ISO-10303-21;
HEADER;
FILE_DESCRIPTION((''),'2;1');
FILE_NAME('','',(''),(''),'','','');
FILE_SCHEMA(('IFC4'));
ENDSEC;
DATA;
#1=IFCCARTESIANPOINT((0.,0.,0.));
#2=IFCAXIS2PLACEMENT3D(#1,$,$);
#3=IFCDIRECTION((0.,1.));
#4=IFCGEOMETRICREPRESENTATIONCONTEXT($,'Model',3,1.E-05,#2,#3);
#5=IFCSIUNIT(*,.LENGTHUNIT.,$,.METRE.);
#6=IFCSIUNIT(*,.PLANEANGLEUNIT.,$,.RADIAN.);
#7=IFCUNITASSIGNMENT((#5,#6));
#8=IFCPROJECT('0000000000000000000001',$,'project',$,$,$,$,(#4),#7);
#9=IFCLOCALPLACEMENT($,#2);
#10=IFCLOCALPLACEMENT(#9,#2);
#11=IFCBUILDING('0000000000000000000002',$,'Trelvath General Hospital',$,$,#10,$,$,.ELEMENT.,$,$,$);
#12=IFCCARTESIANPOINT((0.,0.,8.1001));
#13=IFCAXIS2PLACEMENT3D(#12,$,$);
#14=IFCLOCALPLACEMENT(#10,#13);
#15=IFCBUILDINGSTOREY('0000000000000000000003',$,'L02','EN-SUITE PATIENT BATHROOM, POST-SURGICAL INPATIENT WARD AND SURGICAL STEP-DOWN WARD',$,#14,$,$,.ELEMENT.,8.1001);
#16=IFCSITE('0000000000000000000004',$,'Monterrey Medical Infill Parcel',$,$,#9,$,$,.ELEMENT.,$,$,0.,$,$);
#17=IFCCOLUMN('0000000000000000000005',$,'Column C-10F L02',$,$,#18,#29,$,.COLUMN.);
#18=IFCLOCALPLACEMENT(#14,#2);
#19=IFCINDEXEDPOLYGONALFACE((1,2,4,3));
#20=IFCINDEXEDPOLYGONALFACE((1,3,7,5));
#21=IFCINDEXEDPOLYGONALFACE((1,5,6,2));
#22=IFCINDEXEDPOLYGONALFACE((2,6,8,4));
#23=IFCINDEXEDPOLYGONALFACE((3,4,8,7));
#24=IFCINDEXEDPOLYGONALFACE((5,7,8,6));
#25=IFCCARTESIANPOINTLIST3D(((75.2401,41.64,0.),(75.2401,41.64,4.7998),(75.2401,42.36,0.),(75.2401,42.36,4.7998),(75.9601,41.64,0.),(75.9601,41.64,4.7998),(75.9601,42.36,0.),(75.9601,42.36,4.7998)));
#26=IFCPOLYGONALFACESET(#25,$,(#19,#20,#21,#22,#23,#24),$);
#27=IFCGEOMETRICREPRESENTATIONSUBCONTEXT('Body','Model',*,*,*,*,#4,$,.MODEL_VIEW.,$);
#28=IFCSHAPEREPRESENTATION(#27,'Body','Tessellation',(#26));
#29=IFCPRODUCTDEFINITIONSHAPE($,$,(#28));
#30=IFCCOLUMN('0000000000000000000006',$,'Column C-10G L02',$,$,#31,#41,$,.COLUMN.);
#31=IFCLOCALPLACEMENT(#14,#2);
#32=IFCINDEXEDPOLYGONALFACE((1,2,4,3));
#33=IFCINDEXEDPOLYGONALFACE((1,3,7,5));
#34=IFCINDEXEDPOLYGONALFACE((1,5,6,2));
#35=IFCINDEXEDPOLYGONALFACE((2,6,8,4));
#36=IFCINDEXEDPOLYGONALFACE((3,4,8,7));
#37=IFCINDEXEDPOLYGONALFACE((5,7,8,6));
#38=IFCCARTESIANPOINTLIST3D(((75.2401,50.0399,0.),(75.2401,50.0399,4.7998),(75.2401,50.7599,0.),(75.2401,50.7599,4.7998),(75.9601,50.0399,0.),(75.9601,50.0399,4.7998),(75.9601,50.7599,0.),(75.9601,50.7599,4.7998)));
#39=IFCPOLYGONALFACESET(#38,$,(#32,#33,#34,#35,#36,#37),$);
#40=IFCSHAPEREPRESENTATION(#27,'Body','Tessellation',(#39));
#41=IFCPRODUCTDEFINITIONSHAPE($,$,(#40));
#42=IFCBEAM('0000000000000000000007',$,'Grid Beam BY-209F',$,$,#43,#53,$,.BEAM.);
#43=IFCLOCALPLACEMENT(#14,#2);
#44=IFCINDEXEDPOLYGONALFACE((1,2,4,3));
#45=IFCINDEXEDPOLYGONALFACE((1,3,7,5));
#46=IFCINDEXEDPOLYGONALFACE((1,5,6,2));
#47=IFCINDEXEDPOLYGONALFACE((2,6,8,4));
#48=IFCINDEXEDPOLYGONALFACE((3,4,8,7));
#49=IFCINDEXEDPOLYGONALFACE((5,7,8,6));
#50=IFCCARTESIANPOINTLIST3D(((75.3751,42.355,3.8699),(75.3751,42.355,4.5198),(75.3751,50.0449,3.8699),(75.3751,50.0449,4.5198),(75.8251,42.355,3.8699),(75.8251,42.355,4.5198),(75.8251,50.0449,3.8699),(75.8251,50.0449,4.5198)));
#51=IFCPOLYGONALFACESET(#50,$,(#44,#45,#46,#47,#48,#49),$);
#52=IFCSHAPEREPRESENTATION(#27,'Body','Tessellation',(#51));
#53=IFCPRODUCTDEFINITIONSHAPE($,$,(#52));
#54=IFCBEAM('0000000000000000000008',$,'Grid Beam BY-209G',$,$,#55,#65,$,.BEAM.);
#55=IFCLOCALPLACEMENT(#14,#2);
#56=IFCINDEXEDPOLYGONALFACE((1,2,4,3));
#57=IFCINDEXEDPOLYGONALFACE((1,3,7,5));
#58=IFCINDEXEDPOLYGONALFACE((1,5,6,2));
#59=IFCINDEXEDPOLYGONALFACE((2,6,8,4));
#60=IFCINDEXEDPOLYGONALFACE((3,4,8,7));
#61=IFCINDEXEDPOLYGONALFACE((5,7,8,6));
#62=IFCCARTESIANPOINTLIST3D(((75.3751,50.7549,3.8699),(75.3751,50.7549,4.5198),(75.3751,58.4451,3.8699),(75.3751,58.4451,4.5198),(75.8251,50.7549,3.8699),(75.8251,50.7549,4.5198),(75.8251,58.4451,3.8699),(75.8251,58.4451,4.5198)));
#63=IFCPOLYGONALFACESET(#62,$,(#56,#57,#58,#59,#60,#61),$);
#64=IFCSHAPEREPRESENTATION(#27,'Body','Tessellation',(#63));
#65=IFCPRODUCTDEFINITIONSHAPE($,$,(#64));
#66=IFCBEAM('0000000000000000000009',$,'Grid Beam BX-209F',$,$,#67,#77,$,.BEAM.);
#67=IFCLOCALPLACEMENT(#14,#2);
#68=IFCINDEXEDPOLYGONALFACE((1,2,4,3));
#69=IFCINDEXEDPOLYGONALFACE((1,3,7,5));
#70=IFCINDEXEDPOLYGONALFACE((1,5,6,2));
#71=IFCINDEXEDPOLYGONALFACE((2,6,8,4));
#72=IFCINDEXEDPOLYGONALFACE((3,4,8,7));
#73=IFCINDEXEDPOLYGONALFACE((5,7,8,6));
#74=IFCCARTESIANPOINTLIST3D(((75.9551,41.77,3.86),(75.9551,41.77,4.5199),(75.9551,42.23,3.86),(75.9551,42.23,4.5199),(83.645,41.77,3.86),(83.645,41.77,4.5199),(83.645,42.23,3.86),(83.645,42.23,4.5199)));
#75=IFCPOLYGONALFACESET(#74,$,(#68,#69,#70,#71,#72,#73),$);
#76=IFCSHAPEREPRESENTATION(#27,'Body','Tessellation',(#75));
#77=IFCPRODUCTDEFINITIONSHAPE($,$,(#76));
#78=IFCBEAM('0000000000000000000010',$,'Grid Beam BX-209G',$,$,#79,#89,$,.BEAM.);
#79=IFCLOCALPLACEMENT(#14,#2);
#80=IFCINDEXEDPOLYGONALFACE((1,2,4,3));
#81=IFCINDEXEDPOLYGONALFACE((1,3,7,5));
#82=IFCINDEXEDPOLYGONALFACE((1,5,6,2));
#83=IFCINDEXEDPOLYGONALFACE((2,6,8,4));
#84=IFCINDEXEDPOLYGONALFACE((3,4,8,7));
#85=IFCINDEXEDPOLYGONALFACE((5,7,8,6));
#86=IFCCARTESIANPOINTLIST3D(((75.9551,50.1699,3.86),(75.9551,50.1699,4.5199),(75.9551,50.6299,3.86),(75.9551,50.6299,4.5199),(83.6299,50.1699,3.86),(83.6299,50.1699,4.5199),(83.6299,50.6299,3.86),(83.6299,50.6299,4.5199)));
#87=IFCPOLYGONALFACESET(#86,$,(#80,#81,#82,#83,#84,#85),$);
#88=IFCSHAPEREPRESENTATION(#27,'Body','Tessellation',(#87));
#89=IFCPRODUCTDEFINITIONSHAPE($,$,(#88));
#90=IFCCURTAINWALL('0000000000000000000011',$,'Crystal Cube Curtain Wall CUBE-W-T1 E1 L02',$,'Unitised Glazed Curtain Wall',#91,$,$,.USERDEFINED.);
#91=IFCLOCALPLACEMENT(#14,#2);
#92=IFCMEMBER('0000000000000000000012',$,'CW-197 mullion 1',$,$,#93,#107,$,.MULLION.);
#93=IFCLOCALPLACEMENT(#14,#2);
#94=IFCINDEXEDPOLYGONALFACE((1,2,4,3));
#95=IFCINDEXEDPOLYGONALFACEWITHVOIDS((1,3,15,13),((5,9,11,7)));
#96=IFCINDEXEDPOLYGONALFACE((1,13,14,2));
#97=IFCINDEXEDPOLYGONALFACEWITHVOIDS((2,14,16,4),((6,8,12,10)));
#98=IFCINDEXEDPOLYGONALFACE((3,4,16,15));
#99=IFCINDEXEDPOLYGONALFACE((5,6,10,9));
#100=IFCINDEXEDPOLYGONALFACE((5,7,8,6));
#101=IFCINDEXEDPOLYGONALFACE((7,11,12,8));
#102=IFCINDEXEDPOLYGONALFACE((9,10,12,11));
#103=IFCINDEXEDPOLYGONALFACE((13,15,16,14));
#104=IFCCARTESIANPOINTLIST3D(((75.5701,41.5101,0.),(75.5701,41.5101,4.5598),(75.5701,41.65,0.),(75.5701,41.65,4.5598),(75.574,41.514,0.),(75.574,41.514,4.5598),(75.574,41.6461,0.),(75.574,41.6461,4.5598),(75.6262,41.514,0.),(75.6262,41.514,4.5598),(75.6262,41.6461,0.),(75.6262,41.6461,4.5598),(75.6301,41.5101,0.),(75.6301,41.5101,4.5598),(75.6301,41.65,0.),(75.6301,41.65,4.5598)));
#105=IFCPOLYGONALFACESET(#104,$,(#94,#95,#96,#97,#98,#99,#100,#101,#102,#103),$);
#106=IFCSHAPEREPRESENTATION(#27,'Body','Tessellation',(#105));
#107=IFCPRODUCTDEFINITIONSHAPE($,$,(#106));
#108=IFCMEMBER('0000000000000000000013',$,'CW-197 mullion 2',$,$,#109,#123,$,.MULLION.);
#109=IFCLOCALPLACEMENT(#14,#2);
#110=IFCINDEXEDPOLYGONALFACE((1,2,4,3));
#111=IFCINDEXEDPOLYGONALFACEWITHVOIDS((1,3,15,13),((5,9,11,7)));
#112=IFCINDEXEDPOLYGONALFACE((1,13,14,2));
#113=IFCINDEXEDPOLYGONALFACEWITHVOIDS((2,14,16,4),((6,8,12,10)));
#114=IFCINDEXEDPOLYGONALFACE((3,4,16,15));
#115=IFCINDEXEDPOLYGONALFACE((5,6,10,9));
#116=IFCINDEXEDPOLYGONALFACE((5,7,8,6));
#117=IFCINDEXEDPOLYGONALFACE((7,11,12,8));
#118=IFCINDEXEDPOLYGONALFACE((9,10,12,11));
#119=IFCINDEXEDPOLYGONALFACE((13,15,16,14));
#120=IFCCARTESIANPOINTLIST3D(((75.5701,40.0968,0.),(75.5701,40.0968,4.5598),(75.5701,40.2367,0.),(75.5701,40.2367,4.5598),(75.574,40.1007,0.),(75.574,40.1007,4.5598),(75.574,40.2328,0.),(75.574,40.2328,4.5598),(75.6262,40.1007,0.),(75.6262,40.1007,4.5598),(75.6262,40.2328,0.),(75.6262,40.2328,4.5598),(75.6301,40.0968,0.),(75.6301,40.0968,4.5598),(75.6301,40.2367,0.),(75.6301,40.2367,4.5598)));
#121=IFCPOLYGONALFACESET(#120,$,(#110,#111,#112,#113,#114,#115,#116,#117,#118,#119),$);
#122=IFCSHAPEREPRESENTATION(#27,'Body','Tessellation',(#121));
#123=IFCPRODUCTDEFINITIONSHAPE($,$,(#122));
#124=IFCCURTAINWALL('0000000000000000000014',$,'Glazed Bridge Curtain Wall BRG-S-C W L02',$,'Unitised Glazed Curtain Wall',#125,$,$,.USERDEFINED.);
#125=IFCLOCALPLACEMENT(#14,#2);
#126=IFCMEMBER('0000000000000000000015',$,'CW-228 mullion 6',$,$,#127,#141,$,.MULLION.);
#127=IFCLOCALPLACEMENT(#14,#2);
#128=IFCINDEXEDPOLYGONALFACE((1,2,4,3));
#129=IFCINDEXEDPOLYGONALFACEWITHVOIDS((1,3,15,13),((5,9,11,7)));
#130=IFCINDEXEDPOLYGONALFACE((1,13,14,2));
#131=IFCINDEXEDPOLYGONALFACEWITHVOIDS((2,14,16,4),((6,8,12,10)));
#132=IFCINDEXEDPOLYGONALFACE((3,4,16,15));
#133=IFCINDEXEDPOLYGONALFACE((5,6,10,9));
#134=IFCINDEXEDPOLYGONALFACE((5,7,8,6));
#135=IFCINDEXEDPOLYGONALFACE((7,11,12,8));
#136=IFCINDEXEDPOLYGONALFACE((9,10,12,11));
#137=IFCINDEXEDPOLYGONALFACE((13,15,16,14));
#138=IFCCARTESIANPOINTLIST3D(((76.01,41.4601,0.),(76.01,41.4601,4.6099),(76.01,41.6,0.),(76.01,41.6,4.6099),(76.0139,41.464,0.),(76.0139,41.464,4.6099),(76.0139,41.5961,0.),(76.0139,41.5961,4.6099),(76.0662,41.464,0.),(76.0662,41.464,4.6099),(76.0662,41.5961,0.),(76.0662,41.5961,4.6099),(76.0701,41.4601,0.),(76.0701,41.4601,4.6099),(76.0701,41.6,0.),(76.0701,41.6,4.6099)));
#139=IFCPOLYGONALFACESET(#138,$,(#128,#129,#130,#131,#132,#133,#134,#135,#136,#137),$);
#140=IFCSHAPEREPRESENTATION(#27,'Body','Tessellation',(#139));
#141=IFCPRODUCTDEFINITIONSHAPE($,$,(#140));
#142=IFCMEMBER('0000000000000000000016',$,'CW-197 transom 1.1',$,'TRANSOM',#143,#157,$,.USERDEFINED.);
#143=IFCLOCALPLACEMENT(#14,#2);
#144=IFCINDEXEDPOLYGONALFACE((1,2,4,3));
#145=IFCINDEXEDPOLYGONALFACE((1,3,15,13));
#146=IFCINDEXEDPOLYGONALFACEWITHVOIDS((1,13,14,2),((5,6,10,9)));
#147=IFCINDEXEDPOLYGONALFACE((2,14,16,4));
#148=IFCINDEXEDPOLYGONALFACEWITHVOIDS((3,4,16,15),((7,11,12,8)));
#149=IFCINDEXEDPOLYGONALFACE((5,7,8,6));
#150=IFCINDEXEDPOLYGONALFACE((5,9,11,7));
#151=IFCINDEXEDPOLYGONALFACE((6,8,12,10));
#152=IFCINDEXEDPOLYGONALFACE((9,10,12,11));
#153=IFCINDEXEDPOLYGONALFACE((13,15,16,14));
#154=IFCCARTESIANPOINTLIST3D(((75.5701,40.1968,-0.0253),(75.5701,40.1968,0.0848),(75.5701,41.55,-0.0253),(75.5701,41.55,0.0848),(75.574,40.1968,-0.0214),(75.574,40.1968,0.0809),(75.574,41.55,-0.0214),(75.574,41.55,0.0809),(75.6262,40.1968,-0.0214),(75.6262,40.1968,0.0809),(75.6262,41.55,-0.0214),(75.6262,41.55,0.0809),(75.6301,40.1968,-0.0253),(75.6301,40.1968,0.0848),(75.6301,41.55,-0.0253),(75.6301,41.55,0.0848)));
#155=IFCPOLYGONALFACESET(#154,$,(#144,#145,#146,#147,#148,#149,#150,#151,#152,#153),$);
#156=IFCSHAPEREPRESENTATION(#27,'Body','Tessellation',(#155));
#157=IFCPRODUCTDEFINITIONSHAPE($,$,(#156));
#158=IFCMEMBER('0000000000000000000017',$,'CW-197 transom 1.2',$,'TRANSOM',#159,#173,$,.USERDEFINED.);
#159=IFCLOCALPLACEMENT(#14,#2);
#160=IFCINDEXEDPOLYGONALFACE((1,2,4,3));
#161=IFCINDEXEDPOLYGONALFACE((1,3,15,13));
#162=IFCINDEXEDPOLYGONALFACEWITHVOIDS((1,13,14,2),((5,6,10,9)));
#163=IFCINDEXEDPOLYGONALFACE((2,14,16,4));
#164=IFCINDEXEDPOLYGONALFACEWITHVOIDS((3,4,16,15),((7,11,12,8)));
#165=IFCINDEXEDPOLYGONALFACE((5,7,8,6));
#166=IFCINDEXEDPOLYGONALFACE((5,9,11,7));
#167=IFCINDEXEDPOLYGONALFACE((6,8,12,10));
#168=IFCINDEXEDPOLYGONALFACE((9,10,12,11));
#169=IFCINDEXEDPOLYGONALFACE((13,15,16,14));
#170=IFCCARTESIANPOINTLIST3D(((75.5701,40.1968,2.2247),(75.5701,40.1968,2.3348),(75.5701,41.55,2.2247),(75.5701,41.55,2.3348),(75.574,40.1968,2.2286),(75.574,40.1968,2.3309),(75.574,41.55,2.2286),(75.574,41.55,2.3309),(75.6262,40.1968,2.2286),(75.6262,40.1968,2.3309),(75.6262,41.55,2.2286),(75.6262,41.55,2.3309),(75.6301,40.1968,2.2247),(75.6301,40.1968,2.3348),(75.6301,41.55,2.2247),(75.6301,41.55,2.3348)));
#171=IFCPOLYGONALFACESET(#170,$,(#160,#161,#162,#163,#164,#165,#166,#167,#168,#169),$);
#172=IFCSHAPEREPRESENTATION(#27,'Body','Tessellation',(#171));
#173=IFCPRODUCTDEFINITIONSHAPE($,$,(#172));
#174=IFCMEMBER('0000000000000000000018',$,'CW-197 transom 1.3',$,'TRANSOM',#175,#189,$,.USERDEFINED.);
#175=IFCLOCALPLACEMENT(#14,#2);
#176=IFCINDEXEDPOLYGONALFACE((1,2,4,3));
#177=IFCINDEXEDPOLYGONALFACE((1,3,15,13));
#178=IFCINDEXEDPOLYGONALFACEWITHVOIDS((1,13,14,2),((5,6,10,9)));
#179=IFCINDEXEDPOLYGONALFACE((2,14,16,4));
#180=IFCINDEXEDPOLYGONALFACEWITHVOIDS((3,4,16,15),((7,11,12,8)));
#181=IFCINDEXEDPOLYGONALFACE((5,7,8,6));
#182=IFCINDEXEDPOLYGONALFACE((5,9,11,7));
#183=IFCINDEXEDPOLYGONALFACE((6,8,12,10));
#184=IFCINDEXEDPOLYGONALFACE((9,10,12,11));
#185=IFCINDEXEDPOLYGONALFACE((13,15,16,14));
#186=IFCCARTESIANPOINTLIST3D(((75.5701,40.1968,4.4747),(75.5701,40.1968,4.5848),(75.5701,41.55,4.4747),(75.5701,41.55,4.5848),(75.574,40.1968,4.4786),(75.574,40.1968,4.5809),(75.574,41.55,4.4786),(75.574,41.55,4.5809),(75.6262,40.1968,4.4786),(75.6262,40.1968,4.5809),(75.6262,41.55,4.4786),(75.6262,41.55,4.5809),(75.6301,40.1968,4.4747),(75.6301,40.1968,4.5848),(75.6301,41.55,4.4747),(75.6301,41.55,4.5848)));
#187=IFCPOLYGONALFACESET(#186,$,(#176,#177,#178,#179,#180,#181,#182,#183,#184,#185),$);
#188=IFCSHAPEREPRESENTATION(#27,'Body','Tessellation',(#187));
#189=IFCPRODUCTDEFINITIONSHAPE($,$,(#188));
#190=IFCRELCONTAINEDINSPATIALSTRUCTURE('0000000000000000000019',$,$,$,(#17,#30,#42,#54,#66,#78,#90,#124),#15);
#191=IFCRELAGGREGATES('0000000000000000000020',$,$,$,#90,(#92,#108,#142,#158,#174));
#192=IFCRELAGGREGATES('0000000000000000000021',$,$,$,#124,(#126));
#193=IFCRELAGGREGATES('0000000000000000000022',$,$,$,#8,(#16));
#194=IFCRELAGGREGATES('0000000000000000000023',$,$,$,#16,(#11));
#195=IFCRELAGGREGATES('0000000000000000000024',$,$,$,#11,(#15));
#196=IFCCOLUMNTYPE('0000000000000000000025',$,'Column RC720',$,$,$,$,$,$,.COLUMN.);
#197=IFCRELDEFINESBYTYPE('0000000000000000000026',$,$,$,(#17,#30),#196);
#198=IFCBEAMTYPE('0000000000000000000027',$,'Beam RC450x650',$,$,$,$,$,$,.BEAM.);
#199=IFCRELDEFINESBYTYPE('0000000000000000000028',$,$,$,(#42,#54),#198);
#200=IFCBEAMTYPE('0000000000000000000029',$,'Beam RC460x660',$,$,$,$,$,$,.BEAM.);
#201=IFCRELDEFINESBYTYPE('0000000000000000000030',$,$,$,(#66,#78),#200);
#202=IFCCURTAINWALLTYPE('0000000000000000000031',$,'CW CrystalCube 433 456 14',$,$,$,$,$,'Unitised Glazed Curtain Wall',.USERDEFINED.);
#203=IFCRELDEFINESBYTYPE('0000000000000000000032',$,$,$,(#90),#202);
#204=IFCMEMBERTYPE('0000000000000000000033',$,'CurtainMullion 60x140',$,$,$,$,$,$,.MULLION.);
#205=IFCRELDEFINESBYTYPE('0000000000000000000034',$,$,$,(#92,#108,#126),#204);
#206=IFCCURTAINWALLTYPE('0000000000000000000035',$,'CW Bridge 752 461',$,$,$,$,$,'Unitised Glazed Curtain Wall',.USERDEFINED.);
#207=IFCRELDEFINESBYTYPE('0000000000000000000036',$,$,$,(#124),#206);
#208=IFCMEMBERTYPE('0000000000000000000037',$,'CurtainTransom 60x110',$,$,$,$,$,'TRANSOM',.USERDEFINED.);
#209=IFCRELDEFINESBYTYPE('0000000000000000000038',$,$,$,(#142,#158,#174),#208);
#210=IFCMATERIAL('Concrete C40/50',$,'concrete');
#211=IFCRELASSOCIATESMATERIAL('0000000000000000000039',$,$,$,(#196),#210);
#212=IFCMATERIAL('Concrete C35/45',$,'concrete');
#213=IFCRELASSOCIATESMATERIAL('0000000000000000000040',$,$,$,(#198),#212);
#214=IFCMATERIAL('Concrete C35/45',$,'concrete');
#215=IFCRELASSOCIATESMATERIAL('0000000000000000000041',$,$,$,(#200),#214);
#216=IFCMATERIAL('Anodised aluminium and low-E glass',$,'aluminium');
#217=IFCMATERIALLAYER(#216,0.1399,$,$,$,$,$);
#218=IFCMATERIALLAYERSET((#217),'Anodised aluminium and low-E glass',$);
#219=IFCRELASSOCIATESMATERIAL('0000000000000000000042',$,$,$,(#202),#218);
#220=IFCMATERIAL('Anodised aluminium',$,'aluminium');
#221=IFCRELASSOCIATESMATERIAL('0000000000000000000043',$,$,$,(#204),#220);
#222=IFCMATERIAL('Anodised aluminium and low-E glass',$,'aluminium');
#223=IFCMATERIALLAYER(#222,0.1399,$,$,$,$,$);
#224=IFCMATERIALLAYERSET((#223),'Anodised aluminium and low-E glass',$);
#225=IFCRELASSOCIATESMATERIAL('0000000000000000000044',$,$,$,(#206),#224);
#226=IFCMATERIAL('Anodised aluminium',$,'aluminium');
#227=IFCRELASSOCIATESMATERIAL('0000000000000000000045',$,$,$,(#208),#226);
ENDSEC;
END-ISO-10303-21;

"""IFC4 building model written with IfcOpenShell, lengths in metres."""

from ifc_helpers import new_model, si_unit, direction, frame, origin, origin_2d, place, context, subcontext, project, spatial, rectangle, hollow_rectangle, extrude, material, layer, layer_set, material_profile, profile_set, type_object, element, aggregate, save


model = new_model("IFC4")

# Units and contexts
model_context = context("Model", 3, precision=1e-05, world=origin(), true_north=direction((0.0, 1.0)))
body_context = subcontext(model_context, "Body", "Model", "MODEL_VIEW")
ifc_project = project(units=[si_unit("LENGTHUNIT", "METRE"), si_unit("PLANEANGLEUNIT", "RADIAN")], contexts=[model_context])

# Site, building, storey
site_placement = place(None, origin())
site = spatial("IfcSite", under=ifc_project, at=site_placement, Name="Monterrey Medical Infill Parcel", CompositionType="ELEMENT", RefElevation=0.0)
building_placement = place(site_placement, origin())
building = spatial("IfcBuilding", under=site, at=building_placement, Name="Trelvath General Hospital", CompositionType="ELEMENT")
storey_placement = place(building_placement, frame((0.0, 0.0, 8.1001)))
storey = spatial("IfcBuildingStorey", under=building, at=storey_placement, Name="L02", Description="EN-SUITE PATIENT BATHROOM, POST-SURGICAL INPATIENT WARD AND SURGICAL STEP-DOWN WARD", CompositionType="ELEMENT", Elevation=8.1001)

# Columns
ifc_material_1 = material(Name="Concrete C40/50", Category="concrete")
ifc_material_profile_1 = material_profile(ifc_material_1, rectangle(XDim=0.72, YDim=0.72, at=origin_2d()), Name="RC720x720")
ifc_profile_set_1 = profile_set([ifc_material_profile_1], Name="Concrete C40/50")
column_type = type_object("IfcColumnType", Name="Column RC720", PredefinedType="COLUMN", material=ifc_profile_set_1)
for number, where, z_axis, x_axis, name in (
    (1, (75.6001, 42.0, 0.0), (0.0, 0.0, 1.0), (1.0, 0.0, 0.0), "Column C-10F L02"),
    (2, (75.6001, 50.3999, 0.0), (0.0, 0.0, 1.0), (1.0, 0.0, 0.0), "Column C-10G L02"),
):
    element("IfcColumn", number, at=place(storey_placement, frame(where, z_axis=z_axis, x_axis=x_axis)), inside=storey, type_object=column_type, Name=name, PredefinedType="COLUMN", context=body_context, shape_type="SweptSolid", body=[
        extrude(rectangle(XDim=0.72, YDim=0.72, at=origin_2d()), origin(), (0.0, 0.0, 1.0), 4.7998),
    ])

# Beams
ifc_material_2 = material(Name="Concrete C35/45", Category="concrete")
ifc_material_profile_2 = material_profile(ifc_material_2, rectangle(XDim=0.45, YDim=0.6499, at=origin_2d()), Name="RCB450x650")
ifc_profile_set_2 = profile_set([ifc_material_profile_2], Name="Concrete C35/45")
beam_type_1 = type_object("IfcBeamType", Name="Beam RC450x650", PredefinedType="BEAM", material=ifc_profile_set_2)
beam_1_placement = place(storey_placement, frame((75.6001, 42.355, 4.1948), z_axis=(0.0, 1.0, 0.0), x_axis=(-1.0, 0.0, 0.0)))
element("IfcBeam", 3, at=beam_1_placement, inside=storey, type_object=beam_type_1, Name="Grid Beam BY-209F", PredefinedType="BEAM", context=body_context, shape_type="SweptSolid", body=[
    extrude(rectangle(XDim=0.45, YDim=0.6499, at=origin_2d()), origin(), (0.0, 0.0, 1.0), 7.6899),
])
beam_2_placement = place(storey_placement, frame((75.6001, 50.7549, 4.1948), z_axis=(0.0, 1.0, 0.0), x_axis=(-1.0, 0.0, 0.0)))
element("IfcBeam", 4, at=beam_2_placement, inside=storey, type_object=beam_type_1, Name="Grid Beam BY-209G", PredefinedType="BEAM", context=body_context, shape_type="SweptSolid", body=[
    extrude(rectangle(XDim=0.45, YDim=0.6499, at=origin_2d()), origin(), (0.0, 0.0, 1.0), 7.6902),
])
ifc_material_3 = material(Name="Concrete C35/45", Category="concrete")
ifc_material_profile_3 = material_profile(ifc_material_3, rectangle(XDim=0.46, YDim=0.6599, at=origin_2d()), Name="RCB460x660")
ifc_profile_set_3 = profile_set([ifc_material_profile_3], Name="Concrete C35/45")
beam_type_2 = type_object("IfcBeamType", Name="Beam RC460x660", PredefinedType="BEAM", material=ifc_profile_set_3)
beam_3_placement = place(storey_placement, frame((75.9551, 42.0, 4.1899), z_axis=(1.0, 0.0, 0.0), x_axis=(0.0, 1.0, 0.0)))
element("IfcBeam", 5, at=beam_3_placement, inside=storey, type_object=beam_type_2, Name="Grid Beam BX-209F", PredefinedType="BEAM", context=body_context, shape_type="SweptSolid", body=[
    extrude(rectangle(XDim=0.46, YDim=0.6599, at=origin_2d()), origin(), (0.0, 0.0, 1.0), 7.6899),
])
beam_4_placement = place(storey_placement, frame((75.9551, 50.3999, 4.1899), z_axis=(1.0, 0.0, 0.0), x_axis=(0.0, 1.0, 0.0)))
element("IfcBeam", 6, at=beam_4_placement, inside=storey, type_object=beam_type_2, Name="Grid Beam BX-209G", PredefinedType="BEAM", context=body_context, shape_type="SweptSolid", body=[
    extrude(rectangle(XDim=0.46, YDim=0.6599, at=origin_2d()), origin(), (0.0, 0.0, 1.0), 7.6748),
])

# Curtain wall, members
ifc_material_4 = material(Name="Anodised aluminium and low-E glass", Category="aluminium")
ifc_layer_1 = layer(ifc_material_4, 0.1399)
ifc_layer_set_1 = layer_set([ifc_layer_1], Name="Anodised aluminium and low-E glass")
curtain_wall_type_1 = type_object("IfcCurtainWallType", Name="CW CrystalCube 433 456 14", ElementType="Unitised Glazed Curtain Wall", PredefinedType="USERDEFINED", material=ifc_layer_set_1)
curtain_wall_1_placement = place(storey_placement, origin())
curtain_wall_1 = element("IfcCurtainWall", 7, at=curtain_wall_1_placement, inside=storey, type_object=curtain_wall_type_1, Name="Crystal Cube Curtain Wall CUBE-W-T1 E1 L02", ObjectType="Unitised Glazed Curtain Wall", PredefinedType="USERDEFINED")
ifc_material_5 = material(Name="Anodised aluminium", Category="aluminium")
ifc_material_profile_4 = material_profile(ifc_material_5, hollow_rectangle(XDim=0.0601, YDim=0.1399, WallThickness=0.0039, at=origin_2d()), Name="RHS60x140x4")
ifc_profile_set_4 = profile_set([ifc_material_profile_4], Name="Anodised aluminium")
member_type_1 = type_object("IfcMemberType", Name="CurtainMullion 60x140", PredefinedType="MULLION", material=ifc_profile_set_4)
member_1_placement = place(storey_placement, frame((75.6001, 41.5801, 0.0), z_axis=(0.0, 0.0, 1.0), x_axis=(1.0, 0.0, 0.0)))
member_1 = element("IfcMember", 8, at=member_1_placement, type_object=member_type_1, Name="CW-197 mullion 1", PredefinedType="MULLION", context=body_context, shape_type="SweptSolid", body=[
    extrude(hollow_rectangle(XDim=0.0601, YDim=0.1399, WallThickness=0.0039, at=origin_2d()), origin(), (0.0, 0.0, 1.0), 4.5598),
])
member_2_placement = place(storey_placement, frame((75.6001, 40.1667, 0.0), z_axis=(0.0, 0.0, 1.0), x_axis=(1.0, 0.0, 0.0)))
member_2 = element("IfcMember", 9, at=member_2_placement, type_object=member_type_1, Name="CW-197 mullion 2", PredefinedType="MULLION", context=body_context, shape_type="SweptSolid", body=[
    extrude(hollow_rectangle(XDim=0.0601, YDim=0.1399, WallThickness=0.0039, at=origin_2d()), origin(), (0.0, 0.0, 1.0), 4.5598),
])

# Curtain wall, member
ifc_material_6 = material(Name="Anodised aluminium and low-E glass", Category="aluminium")
ifc_layer_2 = layer(ifc_material_6, 0.1399)
ifc_layer_set_2 = layer_set([ifc_layer_2], Name="Anodised aluminium and low-E glass")
curtain_wall_type_2 = type_object("IfcCurtainWallType", Name="CW Bridge 752 461", ElementType="Unitised Glazed Curtain Wall", PredefinedType="USERDEFINED", material=ifc_layer_set_2)
curtain_wall_2_placement = place(storey_placement, origin())
curtain_wall_2 = element("IfcCurtainWall", 10, at=curtain_wall_2_placement, inside=storey, type_object=curtain_wall_type_2, Name="Glazed Bridge Curtain Wall BRG-S-C W L02", ObjectType="Unitised Glazed Curtain Wall", PredefinedType="USERDEFINED")
member_3_placement = place(storey_placement, frame((76.04, 41.53, 0.0), z_axis=(0.0, 0.0, 1.0), x_axis=(-1.0, 0.0, 0.0)))
member_3 = element("IfcMember", 11, at=member_3_placement, type_object=member_type_1, Name="CW-228 mullion 6", PredefinedType="MULLION", context=body_context, shape_type="SweptSolid", body=[
    extrude(hollow_rectangle(XDim=0.0601, YDim=0.1399, WallThickness=0.0039, at=origin_2d()), origin(), (0.0, 0.0, 1.0), 4.6099),
])

# Members
ifc_material_7 = material(Name="Anodised aluminium", Category="aluminium")
ifc_material_profile_5 = material_profile(ifc_material_7, hollow_rectangle(XDim=0.0601, YDim=0.1101, WallThickness=0.0039, at=origin_2d()), Name="RHS60x110x4")
ifc_profile_set_5 = profile_set([ifc_material_profile_5], Name="Anodised aluminium")
member_type_2 = type_object("IfcMemberType", Name="CurtainTransom 60x110", ElementType="TRANSOM", PredefinedType="USERDEFINED", material=ifc_profile_set_5)
member_4_placement = place(storey_placement, frame((75.6001, 41.55, 0.0298), z_axis=(0.0, -1.0, 0.0), x_axis=(1.0, 0.0, 0.0)))
member_4 = element("IfcMember", 12, at=member_4_placement, type_object=member_type_2, Name="CW-197 transom 1.1", ObjectType="TRANSOM", PredefinedType="USERDEFINED", context=body_context, shape_type="SweptSolid", body=[
    extrude(hollow_rectangle(XDim=0.0601, YDim=0.1101, WallThickness=0.0039, at=origin_2d()), origin(), (0.0, 0.0, 1.0), 1.3533),
])
member_5_placement = place(storey_placement, frame((75.6001, 41.55, 2.2798), z_axis=(0.0, -1.0, 0.0), x_axis=(1.0, 0.0, 0.0)))
member_5 = element("IfcMember", 13, at=member_5_placement, type_object=member_type_2, Name="CW-197 transom 1.2", ObjectType="TRANSOM", PredefinedType="USERDEFINED", context=body_context, shape_type="SweptSolid", body=[
    extrude(hollow_rectangle(XDim=0.0601, YDim=0.1101, WallThickness=0.0039, at=origin_2d()), origin(), (0.0, 0.0, 1.0), 1.3533),
])
member_6_placement = place(storey_placement, frame((75.6001, 41.55, 4.5298), z_axis=(0.0, -1.0, 0.0), x_axis=(1.0, 0.0, 0.0)))
member_6 = element("IfcMember", 14, at=member_6_placement, type_object=member_type_2, Name="CW-197 transom 1.3", ObjectType="TRANSOM", PredefinedType="USERDEFINED", context=body_context, shape_type="SweptSolid", body=[
    extrude(hollow_rectangle(XDim=0.0601, YDim=0.1101, WallThickness=0.0039, at=origin_2d()), origin(), (0.0, 0.0, 1.0), 1.3533),
])

aggregate(curtain_wall_1, [member_1, member_2, member_4, member_5, member_6])
aggregate(curtain_wall_2, [member_3])

save(model, "model.ifc")
